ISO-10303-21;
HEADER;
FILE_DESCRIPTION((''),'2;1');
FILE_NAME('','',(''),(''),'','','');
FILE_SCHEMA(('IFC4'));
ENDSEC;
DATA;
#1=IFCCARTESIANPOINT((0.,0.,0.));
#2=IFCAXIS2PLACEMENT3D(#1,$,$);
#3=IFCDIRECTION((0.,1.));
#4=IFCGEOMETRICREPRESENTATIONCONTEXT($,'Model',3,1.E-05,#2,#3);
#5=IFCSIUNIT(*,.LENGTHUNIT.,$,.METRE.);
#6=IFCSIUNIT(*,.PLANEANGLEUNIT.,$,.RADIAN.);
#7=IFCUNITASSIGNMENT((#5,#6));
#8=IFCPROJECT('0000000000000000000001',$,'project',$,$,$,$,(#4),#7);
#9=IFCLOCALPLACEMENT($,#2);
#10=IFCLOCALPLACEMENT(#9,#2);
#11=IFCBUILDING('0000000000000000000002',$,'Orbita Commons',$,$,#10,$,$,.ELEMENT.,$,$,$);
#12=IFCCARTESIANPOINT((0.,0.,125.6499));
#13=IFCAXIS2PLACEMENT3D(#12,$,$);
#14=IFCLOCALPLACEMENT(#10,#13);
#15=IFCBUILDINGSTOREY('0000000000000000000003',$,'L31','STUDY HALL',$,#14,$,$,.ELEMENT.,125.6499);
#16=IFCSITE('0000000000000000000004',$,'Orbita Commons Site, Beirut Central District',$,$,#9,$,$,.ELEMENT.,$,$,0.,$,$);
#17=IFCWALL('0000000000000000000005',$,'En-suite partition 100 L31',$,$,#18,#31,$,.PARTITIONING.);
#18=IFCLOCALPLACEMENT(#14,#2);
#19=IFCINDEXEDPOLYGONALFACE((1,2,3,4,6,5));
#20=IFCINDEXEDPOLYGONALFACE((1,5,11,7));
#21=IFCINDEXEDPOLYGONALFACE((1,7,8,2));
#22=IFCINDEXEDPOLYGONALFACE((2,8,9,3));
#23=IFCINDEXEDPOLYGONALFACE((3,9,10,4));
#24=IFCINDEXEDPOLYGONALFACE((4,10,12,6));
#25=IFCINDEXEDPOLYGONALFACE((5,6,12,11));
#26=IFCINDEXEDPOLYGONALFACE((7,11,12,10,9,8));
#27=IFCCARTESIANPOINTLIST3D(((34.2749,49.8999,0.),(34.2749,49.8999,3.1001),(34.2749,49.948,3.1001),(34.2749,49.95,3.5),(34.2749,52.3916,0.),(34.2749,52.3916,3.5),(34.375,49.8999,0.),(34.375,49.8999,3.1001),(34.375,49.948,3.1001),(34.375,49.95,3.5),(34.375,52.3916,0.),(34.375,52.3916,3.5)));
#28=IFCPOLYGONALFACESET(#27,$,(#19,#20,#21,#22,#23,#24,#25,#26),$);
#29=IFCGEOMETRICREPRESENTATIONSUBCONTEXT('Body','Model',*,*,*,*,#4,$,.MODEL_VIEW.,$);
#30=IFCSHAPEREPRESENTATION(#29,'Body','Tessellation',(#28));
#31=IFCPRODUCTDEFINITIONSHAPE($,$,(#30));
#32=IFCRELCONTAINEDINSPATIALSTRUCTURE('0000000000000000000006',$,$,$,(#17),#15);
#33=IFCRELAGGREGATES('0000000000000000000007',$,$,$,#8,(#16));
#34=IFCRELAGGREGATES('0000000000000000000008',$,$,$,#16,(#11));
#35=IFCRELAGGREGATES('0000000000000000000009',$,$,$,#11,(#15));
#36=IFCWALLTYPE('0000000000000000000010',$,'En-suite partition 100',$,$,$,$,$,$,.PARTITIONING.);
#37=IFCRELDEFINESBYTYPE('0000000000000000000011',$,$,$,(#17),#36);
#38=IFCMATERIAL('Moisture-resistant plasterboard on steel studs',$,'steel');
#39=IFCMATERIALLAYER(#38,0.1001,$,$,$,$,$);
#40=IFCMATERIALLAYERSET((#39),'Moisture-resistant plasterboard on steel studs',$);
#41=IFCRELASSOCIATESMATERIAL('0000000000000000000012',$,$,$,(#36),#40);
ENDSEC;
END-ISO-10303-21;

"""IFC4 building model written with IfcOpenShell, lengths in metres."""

from ifc_helpers import new_model, si_unit, direction, frame, origin, place, context, subcontext, project, spatial, polyline, outline, extrude, material, layer, layer_set, type_object, element, save


model = new_model("IFC4")

# Units and contexts
model_context = context("Model", 3, precision=1e-05, world=origin(), true_north=direction((0.0, 1.0)))
body_context = subcontext(model_context, "Body", "Model", "MODEL_VIEW")
ifc_project = project(units=[si_unit("LENGTHUNIT", "METRE"), si_unit("PLANEANGLEUNIT", "RADIAN")], contexts=[model_context])

# Site, building, storey
site_placement = place(None, origin())
site = spatial("IfcSite", under=ifc_project, at=site_placement, Name="Orbita Commons Site, Beirut Central District", CompositionType="ELEMENT", RefElevation=0.0)
building_placement = place(site_placement, origin())
building = spatial("IfcBuilding", under=site, at=building_placement, Name="Orbita Commons", CompositionType="ELEMENT")
storey_placement = place(building_placement, frame((0.0, 0.0, 125.6499)))
storey = spatial("IfcBuildingStorey", under=building, at=storey_placement, Name="L31", Description="STUDY HALL", CompositionType="ELEMENT", Elevation=125.6499)

# Shared definitions
ifc_material_1 = material(Name="Moisture-resistant plasterboard on steel studs", Category="steel")
ifc_layer_1 = layer(ifc_material_1, 0.1001)
ifc_layer_set_1 = layer_set([ifc_layer_1], Name="Moisture-resistant plasterboard on steel studs")
wall_type_1 = type_object("IfcWallType", Name="En-suite partition 100", PredefinedType="PARTITIONING", material=ifc_layer_set_1)

# Wall
wall_1_placement = place(storey_placement, frame((34.325, 52.3916, 0.0), z_axis=(0.0, 0.0, 1.0), x_axis=(0.0, -1.0, 0.0)))
element("IfcWall", 1, at=wall_1_placement, inside=storey, type_object=wall_type_1, Name="En-suite partition 100 L31", PredefinedType="PARTITIONING", context=body_context, shape_type="SweptSolid", body=[
    extrude(outline(polyline([(0.0, 0.0), (2.4917, 0.0), (2.4917, 3.1001), (2.4436, 3.1001), (2.4417, 3.5), (0.0, 3.5), (0.0, 0.0)])), frame((0.0, 0.05, 0.0), z_axis=(0.0, -1.0, 0.0), x_axis=(1.0, 0.0, 0.0)), (0.0, 0.0, 1.0), 0.1001),
])

save(model, "model.ifc")
